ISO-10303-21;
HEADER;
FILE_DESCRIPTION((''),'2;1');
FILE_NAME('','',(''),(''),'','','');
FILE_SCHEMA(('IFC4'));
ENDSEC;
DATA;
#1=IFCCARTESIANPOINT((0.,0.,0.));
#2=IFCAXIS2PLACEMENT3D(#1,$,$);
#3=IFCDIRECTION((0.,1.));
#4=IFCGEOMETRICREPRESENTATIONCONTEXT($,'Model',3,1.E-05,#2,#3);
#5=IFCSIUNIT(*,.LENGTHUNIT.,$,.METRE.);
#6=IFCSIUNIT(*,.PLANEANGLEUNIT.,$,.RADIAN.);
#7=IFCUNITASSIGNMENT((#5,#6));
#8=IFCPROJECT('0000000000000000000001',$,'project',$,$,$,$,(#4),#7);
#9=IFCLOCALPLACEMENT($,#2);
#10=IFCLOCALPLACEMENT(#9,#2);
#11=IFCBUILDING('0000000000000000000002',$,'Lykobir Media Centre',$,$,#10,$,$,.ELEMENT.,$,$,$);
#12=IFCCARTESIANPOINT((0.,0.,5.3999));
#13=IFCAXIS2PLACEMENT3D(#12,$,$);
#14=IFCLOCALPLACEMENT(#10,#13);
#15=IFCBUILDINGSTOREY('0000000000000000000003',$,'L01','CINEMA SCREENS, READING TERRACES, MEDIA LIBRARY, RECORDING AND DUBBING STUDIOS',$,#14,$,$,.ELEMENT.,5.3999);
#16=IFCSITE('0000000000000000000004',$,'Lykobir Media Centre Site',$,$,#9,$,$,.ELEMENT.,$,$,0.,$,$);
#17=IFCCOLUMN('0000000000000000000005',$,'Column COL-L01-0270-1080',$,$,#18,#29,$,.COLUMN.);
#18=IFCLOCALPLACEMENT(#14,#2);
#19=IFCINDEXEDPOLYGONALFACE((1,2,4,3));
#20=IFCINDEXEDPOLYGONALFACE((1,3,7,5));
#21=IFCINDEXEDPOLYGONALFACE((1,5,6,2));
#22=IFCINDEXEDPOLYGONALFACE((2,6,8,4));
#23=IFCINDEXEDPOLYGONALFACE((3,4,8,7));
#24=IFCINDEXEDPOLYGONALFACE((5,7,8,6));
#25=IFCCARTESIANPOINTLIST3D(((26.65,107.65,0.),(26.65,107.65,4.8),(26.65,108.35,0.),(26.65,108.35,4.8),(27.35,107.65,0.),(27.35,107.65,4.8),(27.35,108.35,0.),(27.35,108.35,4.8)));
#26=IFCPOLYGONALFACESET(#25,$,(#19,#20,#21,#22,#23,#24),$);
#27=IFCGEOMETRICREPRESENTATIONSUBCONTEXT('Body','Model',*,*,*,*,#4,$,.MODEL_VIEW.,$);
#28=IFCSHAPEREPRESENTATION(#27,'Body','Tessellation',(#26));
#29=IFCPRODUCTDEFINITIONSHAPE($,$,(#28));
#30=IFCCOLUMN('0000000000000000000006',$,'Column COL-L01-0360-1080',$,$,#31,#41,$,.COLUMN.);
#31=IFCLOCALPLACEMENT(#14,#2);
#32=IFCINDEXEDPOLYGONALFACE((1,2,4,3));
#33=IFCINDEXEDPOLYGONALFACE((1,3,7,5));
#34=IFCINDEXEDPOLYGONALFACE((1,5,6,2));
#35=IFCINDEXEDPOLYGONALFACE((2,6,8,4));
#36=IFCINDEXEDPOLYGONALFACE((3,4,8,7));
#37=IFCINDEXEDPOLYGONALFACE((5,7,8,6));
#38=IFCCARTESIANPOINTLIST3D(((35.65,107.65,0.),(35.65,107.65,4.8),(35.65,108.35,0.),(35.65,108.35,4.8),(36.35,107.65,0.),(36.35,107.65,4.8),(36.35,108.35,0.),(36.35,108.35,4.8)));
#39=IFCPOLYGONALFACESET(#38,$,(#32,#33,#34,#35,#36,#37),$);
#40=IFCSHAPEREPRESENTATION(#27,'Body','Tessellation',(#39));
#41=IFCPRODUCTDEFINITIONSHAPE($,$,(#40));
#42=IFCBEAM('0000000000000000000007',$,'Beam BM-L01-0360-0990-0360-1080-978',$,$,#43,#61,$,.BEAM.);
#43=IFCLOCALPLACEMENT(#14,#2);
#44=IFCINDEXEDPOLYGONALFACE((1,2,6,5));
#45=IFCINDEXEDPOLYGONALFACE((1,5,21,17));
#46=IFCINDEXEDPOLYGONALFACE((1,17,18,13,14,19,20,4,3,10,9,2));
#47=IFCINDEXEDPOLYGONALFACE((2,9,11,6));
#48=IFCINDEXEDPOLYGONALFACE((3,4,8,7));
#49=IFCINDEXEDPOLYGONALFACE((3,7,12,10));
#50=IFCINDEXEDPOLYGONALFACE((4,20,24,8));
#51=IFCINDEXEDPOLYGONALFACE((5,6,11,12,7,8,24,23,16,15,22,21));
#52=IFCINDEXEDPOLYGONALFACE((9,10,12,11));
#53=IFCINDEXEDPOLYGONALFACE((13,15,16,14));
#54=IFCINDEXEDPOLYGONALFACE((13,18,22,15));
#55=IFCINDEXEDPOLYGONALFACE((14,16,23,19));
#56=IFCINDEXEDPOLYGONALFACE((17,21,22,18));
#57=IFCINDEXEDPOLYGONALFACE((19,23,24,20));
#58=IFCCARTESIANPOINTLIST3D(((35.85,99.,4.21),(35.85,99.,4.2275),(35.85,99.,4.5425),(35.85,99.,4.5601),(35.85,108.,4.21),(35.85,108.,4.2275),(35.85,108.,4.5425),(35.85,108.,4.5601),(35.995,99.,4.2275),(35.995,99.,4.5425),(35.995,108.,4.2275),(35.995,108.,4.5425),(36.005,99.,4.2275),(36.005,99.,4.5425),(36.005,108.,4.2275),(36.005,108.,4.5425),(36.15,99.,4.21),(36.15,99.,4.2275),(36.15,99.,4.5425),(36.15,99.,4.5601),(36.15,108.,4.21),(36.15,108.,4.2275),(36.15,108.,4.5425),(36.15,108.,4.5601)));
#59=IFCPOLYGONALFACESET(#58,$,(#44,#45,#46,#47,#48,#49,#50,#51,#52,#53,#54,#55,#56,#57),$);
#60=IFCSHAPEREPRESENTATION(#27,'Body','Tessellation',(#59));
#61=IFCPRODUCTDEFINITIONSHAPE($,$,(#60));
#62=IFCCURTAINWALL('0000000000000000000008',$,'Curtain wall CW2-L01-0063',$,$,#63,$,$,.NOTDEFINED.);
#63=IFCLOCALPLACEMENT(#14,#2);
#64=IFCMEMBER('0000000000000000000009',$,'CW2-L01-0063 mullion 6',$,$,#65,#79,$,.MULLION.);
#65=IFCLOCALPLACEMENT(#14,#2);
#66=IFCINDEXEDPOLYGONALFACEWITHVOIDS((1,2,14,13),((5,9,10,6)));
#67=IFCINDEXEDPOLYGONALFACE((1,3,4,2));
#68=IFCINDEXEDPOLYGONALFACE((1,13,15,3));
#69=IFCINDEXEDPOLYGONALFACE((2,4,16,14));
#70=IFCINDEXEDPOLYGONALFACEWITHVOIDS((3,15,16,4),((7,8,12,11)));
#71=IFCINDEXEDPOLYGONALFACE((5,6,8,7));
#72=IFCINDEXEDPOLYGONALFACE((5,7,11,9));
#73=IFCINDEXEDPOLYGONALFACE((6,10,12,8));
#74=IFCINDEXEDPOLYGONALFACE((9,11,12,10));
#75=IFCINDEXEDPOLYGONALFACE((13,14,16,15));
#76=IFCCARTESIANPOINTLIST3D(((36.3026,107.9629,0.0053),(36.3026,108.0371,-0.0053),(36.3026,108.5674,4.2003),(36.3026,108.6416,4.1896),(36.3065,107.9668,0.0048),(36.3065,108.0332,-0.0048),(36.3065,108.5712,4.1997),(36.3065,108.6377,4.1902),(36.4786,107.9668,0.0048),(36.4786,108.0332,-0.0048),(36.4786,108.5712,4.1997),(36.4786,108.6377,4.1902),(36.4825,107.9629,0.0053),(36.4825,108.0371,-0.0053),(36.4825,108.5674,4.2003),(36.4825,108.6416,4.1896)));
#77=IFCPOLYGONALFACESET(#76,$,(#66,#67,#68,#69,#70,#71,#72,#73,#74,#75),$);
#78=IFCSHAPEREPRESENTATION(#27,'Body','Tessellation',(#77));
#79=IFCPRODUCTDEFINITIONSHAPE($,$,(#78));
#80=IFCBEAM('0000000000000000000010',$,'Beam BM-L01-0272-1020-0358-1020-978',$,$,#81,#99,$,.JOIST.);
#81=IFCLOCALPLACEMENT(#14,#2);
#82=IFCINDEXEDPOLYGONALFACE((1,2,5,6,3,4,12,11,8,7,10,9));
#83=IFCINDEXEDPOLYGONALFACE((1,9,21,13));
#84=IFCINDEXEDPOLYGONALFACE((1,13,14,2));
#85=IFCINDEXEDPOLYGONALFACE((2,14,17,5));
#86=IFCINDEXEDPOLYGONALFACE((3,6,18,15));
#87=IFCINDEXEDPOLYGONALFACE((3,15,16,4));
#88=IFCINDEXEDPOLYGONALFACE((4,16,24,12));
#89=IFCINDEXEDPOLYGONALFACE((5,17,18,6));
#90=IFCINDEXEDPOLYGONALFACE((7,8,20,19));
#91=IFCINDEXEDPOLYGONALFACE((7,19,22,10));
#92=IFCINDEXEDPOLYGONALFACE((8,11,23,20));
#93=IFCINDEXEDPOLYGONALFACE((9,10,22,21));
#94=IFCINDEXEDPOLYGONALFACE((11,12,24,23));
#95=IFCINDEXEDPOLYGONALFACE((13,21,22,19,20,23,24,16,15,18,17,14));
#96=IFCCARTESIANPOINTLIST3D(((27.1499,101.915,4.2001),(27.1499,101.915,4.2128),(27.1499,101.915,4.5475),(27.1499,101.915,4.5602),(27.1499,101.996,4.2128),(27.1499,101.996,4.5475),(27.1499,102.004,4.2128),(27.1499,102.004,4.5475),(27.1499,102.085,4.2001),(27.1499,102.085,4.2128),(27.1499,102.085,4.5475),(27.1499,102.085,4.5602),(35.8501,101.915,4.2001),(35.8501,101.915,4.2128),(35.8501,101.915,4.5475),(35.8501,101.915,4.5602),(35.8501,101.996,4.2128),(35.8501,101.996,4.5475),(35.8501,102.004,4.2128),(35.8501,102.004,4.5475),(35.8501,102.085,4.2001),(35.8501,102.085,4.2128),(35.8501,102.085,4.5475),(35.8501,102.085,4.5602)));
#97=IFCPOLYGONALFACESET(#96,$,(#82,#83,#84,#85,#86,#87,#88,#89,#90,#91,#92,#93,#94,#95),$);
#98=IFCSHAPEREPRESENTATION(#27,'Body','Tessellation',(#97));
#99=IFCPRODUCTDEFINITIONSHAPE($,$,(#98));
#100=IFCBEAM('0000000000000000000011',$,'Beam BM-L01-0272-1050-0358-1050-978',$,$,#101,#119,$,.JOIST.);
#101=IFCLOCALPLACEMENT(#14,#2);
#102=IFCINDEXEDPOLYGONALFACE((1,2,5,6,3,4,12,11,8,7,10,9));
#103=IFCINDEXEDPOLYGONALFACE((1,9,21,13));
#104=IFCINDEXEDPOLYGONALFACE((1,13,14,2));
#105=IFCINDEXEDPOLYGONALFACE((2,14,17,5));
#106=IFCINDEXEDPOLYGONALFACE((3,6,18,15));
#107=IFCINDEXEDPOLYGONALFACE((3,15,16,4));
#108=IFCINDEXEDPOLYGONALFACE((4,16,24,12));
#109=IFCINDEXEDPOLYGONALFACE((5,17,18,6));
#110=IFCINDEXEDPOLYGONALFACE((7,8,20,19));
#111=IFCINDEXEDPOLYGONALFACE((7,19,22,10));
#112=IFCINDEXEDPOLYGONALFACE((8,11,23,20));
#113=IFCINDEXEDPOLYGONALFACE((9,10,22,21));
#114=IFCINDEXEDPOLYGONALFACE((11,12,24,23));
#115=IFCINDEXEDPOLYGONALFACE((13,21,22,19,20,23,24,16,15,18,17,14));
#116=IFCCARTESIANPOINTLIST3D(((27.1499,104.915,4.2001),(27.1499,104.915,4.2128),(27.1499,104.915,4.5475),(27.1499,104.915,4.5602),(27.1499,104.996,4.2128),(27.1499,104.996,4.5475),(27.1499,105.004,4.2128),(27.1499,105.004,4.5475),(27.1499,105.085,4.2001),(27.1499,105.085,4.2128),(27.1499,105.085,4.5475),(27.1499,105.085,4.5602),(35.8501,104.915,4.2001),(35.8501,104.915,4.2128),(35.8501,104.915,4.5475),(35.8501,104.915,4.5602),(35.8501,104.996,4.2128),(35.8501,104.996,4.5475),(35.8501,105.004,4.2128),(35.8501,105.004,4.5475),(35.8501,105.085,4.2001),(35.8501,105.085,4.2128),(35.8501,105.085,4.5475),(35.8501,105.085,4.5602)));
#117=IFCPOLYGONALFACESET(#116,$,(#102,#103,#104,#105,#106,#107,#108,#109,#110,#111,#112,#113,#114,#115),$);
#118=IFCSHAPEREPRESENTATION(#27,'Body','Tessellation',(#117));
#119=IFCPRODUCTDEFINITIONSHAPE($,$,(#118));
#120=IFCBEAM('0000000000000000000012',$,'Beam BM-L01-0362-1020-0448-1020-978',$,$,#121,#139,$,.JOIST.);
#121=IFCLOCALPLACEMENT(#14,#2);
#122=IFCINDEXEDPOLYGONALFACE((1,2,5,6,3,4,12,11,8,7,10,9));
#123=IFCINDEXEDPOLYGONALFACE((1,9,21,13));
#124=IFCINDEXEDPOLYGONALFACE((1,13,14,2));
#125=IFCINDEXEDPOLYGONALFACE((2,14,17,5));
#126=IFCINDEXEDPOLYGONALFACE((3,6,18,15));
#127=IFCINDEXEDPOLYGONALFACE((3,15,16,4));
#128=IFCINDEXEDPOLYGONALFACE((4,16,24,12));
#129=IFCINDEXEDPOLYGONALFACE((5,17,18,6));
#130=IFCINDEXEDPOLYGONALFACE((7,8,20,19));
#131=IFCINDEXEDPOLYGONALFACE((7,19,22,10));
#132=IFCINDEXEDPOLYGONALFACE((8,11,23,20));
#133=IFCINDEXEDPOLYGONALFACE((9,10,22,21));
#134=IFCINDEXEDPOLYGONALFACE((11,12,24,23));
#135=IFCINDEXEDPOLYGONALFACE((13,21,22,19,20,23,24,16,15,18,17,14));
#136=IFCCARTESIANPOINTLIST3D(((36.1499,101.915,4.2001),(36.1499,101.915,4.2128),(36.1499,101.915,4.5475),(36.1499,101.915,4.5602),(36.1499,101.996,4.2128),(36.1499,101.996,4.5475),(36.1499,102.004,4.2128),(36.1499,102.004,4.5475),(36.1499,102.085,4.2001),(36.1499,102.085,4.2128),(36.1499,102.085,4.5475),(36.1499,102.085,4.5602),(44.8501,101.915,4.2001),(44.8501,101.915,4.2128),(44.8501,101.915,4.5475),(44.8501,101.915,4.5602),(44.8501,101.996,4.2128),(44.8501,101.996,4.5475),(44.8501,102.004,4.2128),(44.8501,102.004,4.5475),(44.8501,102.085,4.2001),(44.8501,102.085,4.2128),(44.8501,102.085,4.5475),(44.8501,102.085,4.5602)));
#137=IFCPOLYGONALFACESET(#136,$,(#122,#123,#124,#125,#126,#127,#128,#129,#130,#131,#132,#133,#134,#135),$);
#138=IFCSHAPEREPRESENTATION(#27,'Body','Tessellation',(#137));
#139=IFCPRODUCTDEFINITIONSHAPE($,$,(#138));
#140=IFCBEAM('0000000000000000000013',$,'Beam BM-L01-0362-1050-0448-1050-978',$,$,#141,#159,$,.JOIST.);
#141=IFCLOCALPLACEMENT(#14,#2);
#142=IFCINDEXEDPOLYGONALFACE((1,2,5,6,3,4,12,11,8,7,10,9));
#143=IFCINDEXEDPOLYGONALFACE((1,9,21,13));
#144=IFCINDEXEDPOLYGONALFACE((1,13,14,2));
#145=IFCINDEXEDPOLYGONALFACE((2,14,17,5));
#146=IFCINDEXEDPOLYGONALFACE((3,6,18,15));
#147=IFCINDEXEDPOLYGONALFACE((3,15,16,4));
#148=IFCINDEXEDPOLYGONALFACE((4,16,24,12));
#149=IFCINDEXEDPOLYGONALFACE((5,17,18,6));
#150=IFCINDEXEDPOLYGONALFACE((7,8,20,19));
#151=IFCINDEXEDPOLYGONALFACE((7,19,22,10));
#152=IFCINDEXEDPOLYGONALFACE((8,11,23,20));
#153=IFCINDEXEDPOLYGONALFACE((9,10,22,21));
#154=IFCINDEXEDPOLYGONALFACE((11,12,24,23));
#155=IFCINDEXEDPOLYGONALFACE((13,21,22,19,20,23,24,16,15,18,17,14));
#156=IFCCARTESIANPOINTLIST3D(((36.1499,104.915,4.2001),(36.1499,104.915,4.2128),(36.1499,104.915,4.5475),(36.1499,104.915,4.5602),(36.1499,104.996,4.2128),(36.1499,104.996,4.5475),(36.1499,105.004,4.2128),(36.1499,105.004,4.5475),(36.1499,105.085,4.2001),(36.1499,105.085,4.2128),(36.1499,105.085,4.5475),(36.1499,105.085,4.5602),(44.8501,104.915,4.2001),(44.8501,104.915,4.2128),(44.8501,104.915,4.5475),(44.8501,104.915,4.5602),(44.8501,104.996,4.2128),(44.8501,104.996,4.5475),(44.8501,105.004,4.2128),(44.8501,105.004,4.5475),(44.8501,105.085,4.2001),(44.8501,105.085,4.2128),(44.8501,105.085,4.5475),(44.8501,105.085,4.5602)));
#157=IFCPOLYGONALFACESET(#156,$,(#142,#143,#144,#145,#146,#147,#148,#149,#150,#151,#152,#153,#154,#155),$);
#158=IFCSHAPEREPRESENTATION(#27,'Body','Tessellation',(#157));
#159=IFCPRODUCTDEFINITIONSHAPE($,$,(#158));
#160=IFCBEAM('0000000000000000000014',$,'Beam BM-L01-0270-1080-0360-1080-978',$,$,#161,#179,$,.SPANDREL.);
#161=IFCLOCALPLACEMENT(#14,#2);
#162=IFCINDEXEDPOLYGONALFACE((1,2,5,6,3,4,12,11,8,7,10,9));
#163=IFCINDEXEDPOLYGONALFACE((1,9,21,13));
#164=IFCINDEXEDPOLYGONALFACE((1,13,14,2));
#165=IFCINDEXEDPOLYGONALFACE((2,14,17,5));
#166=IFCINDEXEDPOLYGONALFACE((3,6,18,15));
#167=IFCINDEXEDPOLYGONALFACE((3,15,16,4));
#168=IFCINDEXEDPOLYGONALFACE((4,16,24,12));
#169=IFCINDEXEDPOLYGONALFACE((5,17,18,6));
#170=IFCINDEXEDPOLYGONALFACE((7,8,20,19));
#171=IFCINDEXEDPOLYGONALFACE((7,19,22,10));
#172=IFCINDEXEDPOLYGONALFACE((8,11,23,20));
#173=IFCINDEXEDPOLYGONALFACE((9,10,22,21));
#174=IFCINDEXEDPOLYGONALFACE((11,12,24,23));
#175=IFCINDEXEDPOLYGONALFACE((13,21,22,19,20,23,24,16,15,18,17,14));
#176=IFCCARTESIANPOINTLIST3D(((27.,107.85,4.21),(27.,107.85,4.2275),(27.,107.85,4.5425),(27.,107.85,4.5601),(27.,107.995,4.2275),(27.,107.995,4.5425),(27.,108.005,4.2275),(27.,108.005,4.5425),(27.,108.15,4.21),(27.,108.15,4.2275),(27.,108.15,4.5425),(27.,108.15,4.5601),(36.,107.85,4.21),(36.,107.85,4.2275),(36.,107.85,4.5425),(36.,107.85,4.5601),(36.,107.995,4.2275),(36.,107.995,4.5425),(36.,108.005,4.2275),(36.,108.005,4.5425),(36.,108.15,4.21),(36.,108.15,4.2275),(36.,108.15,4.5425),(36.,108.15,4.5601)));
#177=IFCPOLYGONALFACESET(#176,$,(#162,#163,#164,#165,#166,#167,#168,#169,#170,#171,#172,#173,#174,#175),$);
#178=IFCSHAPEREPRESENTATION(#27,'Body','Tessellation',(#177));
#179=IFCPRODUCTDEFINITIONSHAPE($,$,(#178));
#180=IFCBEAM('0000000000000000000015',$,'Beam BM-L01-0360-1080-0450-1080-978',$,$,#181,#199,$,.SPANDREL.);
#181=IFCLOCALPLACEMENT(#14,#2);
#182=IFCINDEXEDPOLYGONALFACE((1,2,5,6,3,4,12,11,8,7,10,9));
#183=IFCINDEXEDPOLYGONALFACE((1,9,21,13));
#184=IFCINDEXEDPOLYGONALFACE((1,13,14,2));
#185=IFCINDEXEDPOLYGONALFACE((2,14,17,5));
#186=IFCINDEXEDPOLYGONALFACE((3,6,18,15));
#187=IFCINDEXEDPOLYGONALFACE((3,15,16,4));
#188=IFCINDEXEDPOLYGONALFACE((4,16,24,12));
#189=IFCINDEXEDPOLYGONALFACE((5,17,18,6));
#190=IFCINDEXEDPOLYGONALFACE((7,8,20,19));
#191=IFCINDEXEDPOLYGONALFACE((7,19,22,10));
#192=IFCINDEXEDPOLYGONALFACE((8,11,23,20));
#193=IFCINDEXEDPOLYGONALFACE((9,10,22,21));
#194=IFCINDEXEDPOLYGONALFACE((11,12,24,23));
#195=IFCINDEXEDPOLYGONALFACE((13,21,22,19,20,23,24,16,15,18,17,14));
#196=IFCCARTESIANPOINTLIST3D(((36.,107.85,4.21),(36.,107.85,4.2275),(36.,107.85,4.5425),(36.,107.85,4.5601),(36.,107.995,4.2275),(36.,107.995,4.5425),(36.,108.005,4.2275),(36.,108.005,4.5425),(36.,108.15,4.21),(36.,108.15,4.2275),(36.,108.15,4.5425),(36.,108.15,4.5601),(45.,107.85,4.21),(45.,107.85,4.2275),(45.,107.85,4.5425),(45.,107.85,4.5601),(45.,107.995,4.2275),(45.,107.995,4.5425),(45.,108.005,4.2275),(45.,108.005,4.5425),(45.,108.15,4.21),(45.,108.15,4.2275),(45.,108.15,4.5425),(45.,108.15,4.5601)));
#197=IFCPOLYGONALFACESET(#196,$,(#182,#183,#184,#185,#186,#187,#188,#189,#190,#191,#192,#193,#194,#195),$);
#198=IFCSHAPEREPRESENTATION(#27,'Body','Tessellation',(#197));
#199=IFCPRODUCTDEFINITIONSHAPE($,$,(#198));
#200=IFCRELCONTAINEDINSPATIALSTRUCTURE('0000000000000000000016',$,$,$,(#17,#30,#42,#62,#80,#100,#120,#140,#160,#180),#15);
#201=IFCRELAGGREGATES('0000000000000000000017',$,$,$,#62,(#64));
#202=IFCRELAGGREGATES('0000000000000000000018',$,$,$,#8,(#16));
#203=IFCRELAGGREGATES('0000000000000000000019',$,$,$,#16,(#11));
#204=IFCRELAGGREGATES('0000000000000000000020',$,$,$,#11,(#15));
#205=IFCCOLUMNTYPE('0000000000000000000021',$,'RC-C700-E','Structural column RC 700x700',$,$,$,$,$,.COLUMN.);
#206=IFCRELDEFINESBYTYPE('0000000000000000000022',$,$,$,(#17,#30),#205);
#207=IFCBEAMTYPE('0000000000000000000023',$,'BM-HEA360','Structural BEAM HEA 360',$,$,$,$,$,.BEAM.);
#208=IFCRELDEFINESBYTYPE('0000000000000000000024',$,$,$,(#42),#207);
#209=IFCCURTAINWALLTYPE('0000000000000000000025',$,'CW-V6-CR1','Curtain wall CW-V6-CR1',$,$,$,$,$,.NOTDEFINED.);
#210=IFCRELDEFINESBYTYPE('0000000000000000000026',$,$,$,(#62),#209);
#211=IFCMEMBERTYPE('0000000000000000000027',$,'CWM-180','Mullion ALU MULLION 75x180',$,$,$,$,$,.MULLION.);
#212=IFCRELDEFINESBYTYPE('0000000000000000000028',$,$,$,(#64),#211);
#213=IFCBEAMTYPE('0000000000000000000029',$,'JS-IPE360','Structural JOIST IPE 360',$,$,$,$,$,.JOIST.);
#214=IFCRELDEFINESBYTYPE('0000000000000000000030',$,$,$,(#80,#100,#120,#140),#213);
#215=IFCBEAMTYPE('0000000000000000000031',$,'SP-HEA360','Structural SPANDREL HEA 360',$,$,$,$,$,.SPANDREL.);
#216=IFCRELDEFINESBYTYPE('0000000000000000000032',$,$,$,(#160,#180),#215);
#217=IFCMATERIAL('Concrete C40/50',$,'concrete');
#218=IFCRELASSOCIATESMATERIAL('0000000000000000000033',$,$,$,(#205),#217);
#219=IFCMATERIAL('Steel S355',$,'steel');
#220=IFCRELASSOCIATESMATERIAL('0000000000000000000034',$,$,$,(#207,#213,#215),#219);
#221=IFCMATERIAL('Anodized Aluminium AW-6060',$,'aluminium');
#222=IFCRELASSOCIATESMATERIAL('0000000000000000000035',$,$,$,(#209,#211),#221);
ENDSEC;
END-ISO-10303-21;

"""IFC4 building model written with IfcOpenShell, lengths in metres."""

from ifc_helpers import new_model, si_unit, direction, frame, origin, origin_2d, place, context, subcontext, project, spatial, rectangle, hollow_rectangle, i_section, extrude, material, material_profile, profile_set, type_object, element, aggregate, save


model = new_model("IFC4")

# Units and contexts
model_context = context("Model", 3, precision=1e-05, world=origin(), true_north=direction((0.0, 1.0)))
body_context = subcontext(model_context, "Body", "Model", "MODEL_VIEW")
ifc_project = project(units=[si_unit("LENGTHUNIT", "METRE"), si_unit("PLANEANGLEUNIT", "RADIAN")], contexts=[model_context])

# Site, building, storey
site_placement = place(None, origin())
site = spatial("IfcSite", under=ifc_project, at=site_placement, Name="Lykobir Media Centre Site", CompositionType="ELEMENT", RefElevation=0.0)
building_placement = place(site_placement, origin())
building = spatial("IfcBuilding", under=site, at=building_placement, Name="Lykobir Media Centre", CompositionType="ELEMENT")
storey_placement = place(building_placement, frame((0.0, 0.0, 5.3999)))
storey = spatial("IfcBuildingStorey", under=building, at=storey_placement, Name="L01", Description="CINEMA SCREENS, READING TERRACES, MEDIA LIBRARY, RECORDING AND DUBBING STUDIOS", CompositionType="ELEMENT", Elevation=5.3999)

# Columns
ifc_material_1 = material(Name="Concrete C40/50", Category="concrete")
ifc_material_profile_1 = material_profile(ifc_material_1, rectangle(XDim=0.7, YDim=0.7, at=origin_2d()), Name="RC 700x700")
ifc_profile_set_1 = profile_set([ifc_material_profile_1], Name="Concrete C40/50")
column_type = type_object("IfcColumnType", Name="RC-C700-E", Description="Structural column RC 700x700", PredefinedType="COLUMN", material=ifc_profile_set_1)
for number, where, z_axis, x_axis, name in (
    (1, (27.0, 108.0, 0.0), (0.0, 0.0, 1.0), (1.0, 0.0, 0.0), "Column COL-L01-0270-1080"),
    (2, (36.0, 108.0, 0.0), (0.0, 0.0, 1.0), (1.0, 0.0, 0.0), "Column COL-L01-0360-1080"),
):
    element("IfcColumn", number, at=place(storey_placement, frame(where, z_axis=z_axis, x_axis=x_axis)), inside=storey, type_object=column_type, Name=name, PredefinedType="COLUMN", context=body_context, shape_type="SweptSolid", body=[
        extrude(rectangle(XDim=0.7, YDim=0.7, at=origin_2d()), origin(), (0.0, 0.0, 1.0), 4.8),
    ])

# Beam
ifc_material_2 = material(Name="Steel S355", Category="steel")
ifc_material_profile_2 = material_profile(ifc_material_2, i_section(OverallWidth=0.3, OverallDepth=0.3501, WebThickness=0.01, FlangeThickness=0.0176, at=origin_2d()), Name="HEA 360")
ifc_profile_set_2 = profile_set([ifc_material_profile_2], Name="Steel S355")
beam_type_1 = type_object("IfcBeamType", Name="BM-HEA360", Description="Structural BEAM HEA 360", PredefinedType="BEAM", material=ifc_profile_set_2)
beam_placement = place(storey_placement, frame((36.0, 99.0, 4.385), z_axis=(0.0, 1.0, 0.0), x_axis=(-1.0, 0.0, 0.0)))
element("IfcBeam", 3, at=beam_placement, inside=storey, type_object=beam_type_1, Name="Beam BM-L01-0360-0990-0360-1080-978", PredefinedType="BEAM", context=body_context, shape_type="SweptSolid", body=[
    extrude(i_section(OverallWidth=0.3, OverallDepth=0.3501, WebThickness=0.01, FlangeThickness=0.0176, at=origin_2d()), origin(), (0.0, 0.0, 1.0), 9.0),
])

# Curtain wall, member
ifc_material_3 = material(Name="Anodized Aluminium AW-6060", Category="aluminium")
curtain_wall_type = type_object("IfcCurtainWallType", Name="CW-V6-CR1", Description="Curtain wall CW-V6-CR1", PredefinedType="NOTDEFINED", material=ifc_material_3)
curtain_wall_placement = place(storey_placement, origin())
curtain_wall = element("IfcCurtainWall", 4, at=curtain_wall_placement, inside=storey, type_object=curtain_wall_type, Name="Curtain wall CW2-L01-0063", PredefinedType="NOTDEFINED")
ifc_material_profile_3 = material_profile(ifc_material_3, hollow_rectangle(XDim=0.075, YDim=0.1799, WallThickness=0.0039, at=origin_2d()), Name="ALU MULLION 75x180")
ifc_profile_set_3 = profile_set([ifc_material_profile_3], Name="Anodized Aluminium AW-6060")
member_type = type_object("IfcMemberType", Name="CWM-180", Description="Mullion ALU MULLION 75x180", PredefinedType="MULLION", material=ifc_profile_set_3)
member_placement = place(storey_placement, frame((36.3926, 108.0, 0.0), z_axis=(0.0, 0.142623, 0.989777), x_axis=(0.0, 0.989777, -0.142623)))
member = element("IfcMember", 5, at=member_placement, type_object=member_type, Name="CW2-L01-0063 mullion 6", PredefinedType="MULLION", context=body_context, shape_type="SweptSolid", body=[
    extrude(hollow_rectangle(XDim=0.075, YDim=0.1799, WallThickness=0.0039, at=origin_2d()), origin(), (0.0, 0.0, 1.0), 4.2383),
])
aggregate(curtain_wall, [member])

# Beams
ifc_material_profile_4 = material_profile(ifc_material_2, i_section(OverallWidth=0.1699, OverallDepth=0.3601, WebThickness=0.0081, FlangeThickness=0.0127, at=origin_2d()), Name="IPE 360")
ifc_profile_set_4 = profile_set([ifc_material_profile_4], Name="Steel S355")
beam_type_2 = type_object("IfcBeamType", Name="JS-IPE360", Description="Structural JOIST IPE 360", PredefinedType="JOIST", material=ifc_profile_set_4)
for number, where, z_axis, x_axis, name in (
    (6, (27.1499, 102.0, 4.3801), (1.0, 0.0, 0.0), (0.0, 1.0, 0.0), "Beam BM-L01-0272-1020-0358-1020-978"),
    (7, (27.1499, 105.0, 4.3801), (1.0, 0.0, 0.0), (0.0, 1.0, 0.0), "Beam BM-L01-0272-1050-0358-1050-978"),
    (8, (36.1499, 102.0, 4.3801), (1.0, 0.0, 0.0), (0.0, 1.0, 0.0), "Beam BM-L01-0362-1020-0448-1020-978"),
    (9, (36.1499, 105.0, 4.3801), (1.0, 0.0, 0.0), (0.0, 1.0, 0.0), "Beam BM-L01-0362-1050-0448-1050-978"),
):
    element("IfcBeam", number, at=place(storey_placement, frame(where, z_axis=z_axis, x_axis=x_axis)), inside=storey, type_object=beam_type_2, Name=name, PredefinedType="JOIST", context=body_context, shape_type="SweptSolid", body=[
        extrude(i_section(OverallWidth=0.1699, OverallDepth=0.3601, WebThickness=0.0081, FlangeThickness=0.0127, at=origin_2d()), origin(), (0.0, 0.0, 1.0), 8.7002),
    ])
ifc_material_profile_5 = material_profile(ifc_material_2, i_section(OverallWidth=0.3, OverallDepth=0.3501, WebThickness=0.01, FlangeThickness=0.0176, at=origin_2d()), Name="HEA 360")
ifc_profile_set_5 = profile_set([ifc_material_profile_5], Name="Steel S355")
beam_type_3 = type_object("IfcBeamType", Name="SP-HEA360", Description="Structural SPANDREL HEA 360", PredefinedType="SPANDREL", material=ifc_profile_set_5)
for number, where, z_axis, x_axis, name in (
    (10, (27.0, 108.0, 4.385), (1.0, 0.0, 0.0), (0.0, 1.0, 0.0), "Beam BM-L01-0270-1080-0360-1080-978"),
    (11, (36.0, 108.0, 4.385), (1.0, 0.0, 0.0), (0.0, 1.0, 0.0), "Beam BM-L01-0360-1080-0450-1080-978"),
):
    element("IfcBeam", number, at=place(storey_placement, frame(where, z_axis=z_axis, x_axis=x_axis)), inside=storey, type_object=beam_type_3, Name=name, PredefinedType="SPANDREL", context=body_context, shape_type="SweptSolid", body=[
        extrude(i_section(OverallWidth=0.3, OverallDepth=0.3501, WebThickness=0.01, FlangeThickness=0.0176, at=origin_2d()), origin(), (0.0, 0.0, 1.0), 9.0),
    ])

save(model, "model.ifc")
